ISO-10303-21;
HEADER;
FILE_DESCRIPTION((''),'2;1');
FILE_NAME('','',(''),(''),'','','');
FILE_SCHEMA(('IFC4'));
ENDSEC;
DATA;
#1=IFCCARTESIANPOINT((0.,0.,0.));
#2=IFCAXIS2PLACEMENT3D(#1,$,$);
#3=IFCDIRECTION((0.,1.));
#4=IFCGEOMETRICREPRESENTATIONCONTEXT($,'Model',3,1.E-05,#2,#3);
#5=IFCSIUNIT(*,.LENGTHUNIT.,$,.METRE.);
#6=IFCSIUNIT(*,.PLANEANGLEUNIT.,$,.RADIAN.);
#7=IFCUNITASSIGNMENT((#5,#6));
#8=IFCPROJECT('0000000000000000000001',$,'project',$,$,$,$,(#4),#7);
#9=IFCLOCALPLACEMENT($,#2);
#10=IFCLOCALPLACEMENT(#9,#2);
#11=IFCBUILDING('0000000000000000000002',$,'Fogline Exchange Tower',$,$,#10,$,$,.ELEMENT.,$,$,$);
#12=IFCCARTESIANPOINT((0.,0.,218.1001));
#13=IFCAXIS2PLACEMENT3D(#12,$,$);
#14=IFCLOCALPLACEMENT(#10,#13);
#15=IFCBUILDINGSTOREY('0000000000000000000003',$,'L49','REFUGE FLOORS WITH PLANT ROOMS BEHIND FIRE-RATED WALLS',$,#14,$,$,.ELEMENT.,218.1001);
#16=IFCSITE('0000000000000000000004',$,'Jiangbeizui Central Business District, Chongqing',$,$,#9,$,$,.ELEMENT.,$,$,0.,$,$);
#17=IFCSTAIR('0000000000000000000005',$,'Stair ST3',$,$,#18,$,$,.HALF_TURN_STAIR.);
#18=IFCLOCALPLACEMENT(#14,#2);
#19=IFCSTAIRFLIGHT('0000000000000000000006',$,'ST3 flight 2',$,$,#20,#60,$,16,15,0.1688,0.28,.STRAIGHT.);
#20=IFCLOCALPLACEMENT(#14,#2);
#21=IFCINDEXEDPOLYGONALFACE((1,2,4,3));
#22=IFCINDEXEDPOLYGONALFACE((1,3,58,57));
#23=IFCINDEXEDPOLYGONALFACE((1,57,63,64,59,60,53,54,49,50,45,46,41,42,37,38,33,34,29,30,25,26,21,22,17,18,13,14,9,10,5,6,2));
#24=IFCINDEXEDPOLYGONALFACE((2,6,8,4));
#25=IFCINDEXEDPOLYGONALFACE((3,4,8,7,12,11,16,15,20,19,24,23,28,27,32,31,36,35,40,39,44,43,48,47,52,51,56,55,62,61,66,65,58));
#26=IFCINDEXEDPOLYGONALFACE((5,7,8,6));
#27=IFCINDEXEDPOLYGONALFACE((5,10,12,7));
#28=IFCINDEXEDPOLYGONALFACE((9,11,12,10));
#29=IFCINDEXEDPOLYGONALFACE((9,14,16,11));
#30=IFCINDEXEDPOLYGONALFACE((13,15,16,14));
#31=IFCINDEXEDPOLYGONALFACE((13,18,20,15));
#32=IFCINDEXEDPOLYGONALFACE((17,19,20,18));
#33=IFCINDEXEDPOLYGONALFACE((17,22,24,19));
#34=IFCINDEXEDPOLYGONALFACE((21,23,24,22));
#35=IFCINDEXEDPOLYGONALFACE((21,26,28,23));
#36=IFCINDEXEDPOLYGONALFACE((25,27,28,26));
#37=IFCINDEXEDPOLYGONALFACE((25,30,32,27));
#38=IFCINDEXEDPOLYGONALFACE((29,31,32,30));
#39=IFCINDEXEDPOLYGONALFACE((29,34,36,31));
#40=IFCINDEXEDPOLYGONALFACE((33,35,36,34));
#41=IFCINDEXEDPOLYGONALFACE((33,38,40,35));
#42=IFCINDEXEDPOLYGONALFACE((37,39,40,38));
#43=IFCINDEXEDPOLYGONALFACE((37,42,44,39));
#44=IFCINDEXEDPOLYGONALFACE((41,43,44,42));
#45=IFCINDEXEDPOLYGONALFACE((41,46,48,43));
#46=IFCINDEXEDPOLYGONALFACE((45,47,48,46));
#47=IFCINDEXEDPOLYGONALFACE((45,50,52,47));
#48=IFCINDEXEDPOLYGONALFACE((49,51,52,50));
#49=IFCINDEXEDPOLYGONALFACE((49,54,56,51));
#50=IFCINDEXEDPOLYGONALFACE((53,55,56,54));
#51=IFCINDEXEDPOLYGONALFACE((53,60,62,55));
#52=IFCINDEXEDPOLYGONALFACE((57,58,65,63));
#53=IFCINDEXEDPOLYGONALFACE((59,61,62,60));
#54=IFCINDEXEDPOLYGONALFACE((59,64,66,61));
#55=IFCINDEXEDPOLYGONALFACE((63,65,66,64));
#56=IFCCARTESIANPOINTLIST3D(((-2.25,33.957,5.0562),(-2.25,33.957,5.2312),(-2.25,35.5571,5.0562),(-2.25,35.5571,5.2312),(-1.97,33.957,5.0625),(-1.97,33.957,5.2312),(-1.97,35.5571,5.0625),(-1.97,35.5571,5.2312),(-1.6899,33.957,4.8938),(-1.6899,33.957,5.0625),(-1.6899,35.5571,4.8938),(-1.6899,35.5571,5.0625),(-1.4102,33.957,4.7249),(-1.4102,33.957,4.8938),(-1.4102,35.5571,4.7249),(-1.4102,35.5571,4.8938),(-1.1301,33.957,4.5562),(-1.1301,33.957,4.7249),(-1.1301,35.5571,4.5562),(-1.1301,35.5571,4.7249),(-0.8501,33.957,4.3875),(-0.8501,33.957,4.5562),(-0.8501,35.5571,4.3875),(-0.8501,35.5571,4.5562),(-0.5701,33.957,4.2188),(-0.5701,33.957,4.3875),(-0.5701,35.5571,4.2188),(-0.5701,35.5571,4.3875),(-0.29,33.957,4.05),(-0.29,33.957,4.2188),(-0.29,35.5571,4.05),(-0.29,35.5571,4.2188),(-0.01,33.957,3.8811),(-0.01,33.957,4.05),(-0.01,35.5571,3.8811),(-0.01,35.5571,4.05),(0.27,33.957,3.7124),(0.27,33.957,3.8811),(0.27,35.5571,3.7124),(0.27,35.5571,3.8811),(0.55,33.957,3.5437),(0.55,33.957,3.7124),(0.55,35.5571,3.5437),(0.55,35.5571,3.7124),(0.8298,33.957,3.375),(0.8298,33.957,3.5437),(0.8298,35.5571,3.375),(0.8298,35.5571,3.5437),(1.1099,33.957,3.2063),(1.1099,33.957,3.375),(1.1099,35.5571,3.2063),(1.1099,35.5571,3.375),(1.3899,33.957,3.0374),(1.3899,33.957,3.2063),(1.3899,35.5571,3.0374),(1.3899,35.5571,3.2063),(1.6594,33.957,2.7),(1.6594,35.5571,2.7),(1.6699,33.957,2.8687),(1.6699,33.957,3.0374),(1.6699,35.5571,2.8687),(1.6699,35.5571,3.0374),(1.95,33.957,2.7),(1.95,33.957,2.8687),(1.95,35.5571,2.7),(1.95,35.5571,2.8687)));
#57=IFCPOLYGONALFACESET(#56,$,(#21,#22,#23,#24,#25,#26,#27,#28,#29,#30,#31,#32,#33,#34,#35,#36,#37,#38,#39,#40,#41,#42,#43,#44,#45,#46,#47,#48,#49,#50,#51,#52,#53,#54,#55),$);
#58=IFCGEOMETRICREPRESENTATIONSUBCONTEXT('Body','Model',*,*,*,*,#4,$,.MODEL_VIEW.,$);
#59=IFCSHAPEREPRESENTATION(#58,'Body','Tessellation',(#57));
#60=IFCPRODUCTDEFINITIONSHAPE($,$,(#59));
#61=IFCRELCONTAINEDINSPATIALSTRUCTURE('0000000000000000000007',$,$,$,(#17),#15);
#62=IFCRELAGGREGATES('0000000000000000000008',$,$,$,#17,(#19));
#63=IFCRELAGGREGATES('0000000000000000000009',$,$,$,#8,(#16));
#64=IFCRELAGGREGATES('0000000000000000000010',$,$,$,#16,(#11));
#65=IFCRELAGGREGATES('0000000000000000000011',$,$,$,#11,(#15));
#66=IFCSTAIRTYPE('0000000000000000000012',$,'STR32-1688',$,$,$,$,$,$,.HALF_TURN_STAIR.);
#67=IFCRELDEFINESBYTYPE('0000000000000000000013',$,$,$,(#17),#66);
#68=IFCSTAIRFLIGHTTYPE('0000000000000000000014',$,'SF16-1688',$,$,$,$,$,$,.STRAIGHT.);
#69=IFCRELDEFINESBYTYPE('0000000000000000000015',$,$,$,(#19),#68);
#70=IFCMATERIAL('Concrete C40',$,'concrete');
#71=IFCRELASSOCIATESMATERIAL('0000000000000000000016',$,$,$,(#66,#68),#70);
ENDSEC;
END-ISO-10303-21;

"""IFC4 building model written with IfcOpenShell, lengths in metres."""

from ifc_helpers import new_model, si_unit, direction, frame, origin, place, context, subcontext, project, spatial, polyline, outline, extrude, material, type_object, element, aggregate, save


model = new_model("IFC4")

# Units and contexts
model_context = context("Model", 3, precision=1e-05, world=origin(), true_north=direction((0.0, 1.0)))
body_context = subcontext(model_context, "Body", "Model", "MODEL_VIEW")
ifc_project = project(units=[si_unit("LENGTHUNIT", "METRE"), si_unit("PLANEANGLEUNIT", "RADIAN")], contexts=[model_context])

# Site, building, storey
site_placement = place(None, origin())
site = spatial("IfcSite", under=ifc_project, at=site_placement, Name="Jiangbeizui Central Business District, Chongqing", CompositionType="ELEMENT", RefElevation=0.0)
building_placement = place(site_placement, origin())
building = spatial("IfcBuilding", under=site, at=building_placement, Name="Fogline Exchange Tower", CompositionType="ELEMENT")
storey_placement = place(building_placement, frame((0.0, 0.0, 218.1001)))
storey = spatial("IfcBuildingStorey", under=building, at=storey_placement, Name="L49", Description="REFUGE FLOORS WITH PLANT ROOMS BEHIND FIRE-RATED WALLS", CompositionType="ELEMENT", Elevation=218.1001)

# Shared definitions
ifc_material_1 = material(Name="Concrete C40", Category="concrete")

# Stair, stair flight
stair_type = type_object("IfcStairType", Name="STR32-1688", PredefinedType="HALF_TURN_STAIR", material=ifc_material_1)
stair_placement = place(storey_placement, origin())
stair = element("IfcStair", 1, at=stair_placement, inside=storey, type_object=stair_type, Name="Stair ST3", PredefinedType="HALF_TURN_STAIR")
stair_flight_type = type_object("IfcStairFlightType", Name="SF16-1688", PredefinedType="STRAIGHT", material=ifc_material_1)
stair_flight_placement = place(storey_placement, frame((1.95, 34.7571, 2.7), z_axis=(0.0, 0.0, 1.0), x_axis=(-1.0, 0.0, 0.0)))
stair_flight = element("IfcStairFlight", 2, at=stair_flight_placement, type_object=stair_flight_type, Name="ST3 flight 2", NumberOfRisers=16, NumberOfTreads=15, PredefinedType="STRAIGHT", RiserHeight=0.1688, TreadLength=0.28, context=body_context, shape_type="SweptSolid", body=[
    extrude(outline(polyline([(0.0, 0.0), (0.0, 0.1687), (0.28, 0.1687), (0.28, 0.3374), (0.5601, 0.3374), (0.5601, 0.5063), (0.8401, 0.5063), (0.8401, 0.675), (1.1201, 0.675), (1.1201, 0.8438), (1.3999, 0.8438), (1.3999, 1.0125), (1.6799, 1.0125), (1.6799, 1.1812), (1.96, 1.1812), (1.96, 1.3501), (2.24, 1.3501), (2.24, 1.5188), (2.52, 1.5188), (2.52, 1.6875), (2.8, 1.6875), (2.8, 1.8562), (3.0801, 1.8562), (3.0801, 2.0249), (3.3601, 2.0249), (3.3601, 2.1938), (3.6399, 2.1938), (3.6399, 2.3625), (3.9199, 2.3625), (3.9199, 2.5312), (4.2, 2.5312), (4.2, 2.7), (4.2, 2.3562), (0.2905, 0.0), (0.0, 0.0)])), frame((0.0, 0.8, 0.0), z_axis=(0.0, -1.0, 0.0), x_axis=(1.0, 0.0, 0.0)), (0.0, 0.0, 1.0), 1.6001),
])
aggregate(stair, [stair_flight])

save(model, "model.ifc")
